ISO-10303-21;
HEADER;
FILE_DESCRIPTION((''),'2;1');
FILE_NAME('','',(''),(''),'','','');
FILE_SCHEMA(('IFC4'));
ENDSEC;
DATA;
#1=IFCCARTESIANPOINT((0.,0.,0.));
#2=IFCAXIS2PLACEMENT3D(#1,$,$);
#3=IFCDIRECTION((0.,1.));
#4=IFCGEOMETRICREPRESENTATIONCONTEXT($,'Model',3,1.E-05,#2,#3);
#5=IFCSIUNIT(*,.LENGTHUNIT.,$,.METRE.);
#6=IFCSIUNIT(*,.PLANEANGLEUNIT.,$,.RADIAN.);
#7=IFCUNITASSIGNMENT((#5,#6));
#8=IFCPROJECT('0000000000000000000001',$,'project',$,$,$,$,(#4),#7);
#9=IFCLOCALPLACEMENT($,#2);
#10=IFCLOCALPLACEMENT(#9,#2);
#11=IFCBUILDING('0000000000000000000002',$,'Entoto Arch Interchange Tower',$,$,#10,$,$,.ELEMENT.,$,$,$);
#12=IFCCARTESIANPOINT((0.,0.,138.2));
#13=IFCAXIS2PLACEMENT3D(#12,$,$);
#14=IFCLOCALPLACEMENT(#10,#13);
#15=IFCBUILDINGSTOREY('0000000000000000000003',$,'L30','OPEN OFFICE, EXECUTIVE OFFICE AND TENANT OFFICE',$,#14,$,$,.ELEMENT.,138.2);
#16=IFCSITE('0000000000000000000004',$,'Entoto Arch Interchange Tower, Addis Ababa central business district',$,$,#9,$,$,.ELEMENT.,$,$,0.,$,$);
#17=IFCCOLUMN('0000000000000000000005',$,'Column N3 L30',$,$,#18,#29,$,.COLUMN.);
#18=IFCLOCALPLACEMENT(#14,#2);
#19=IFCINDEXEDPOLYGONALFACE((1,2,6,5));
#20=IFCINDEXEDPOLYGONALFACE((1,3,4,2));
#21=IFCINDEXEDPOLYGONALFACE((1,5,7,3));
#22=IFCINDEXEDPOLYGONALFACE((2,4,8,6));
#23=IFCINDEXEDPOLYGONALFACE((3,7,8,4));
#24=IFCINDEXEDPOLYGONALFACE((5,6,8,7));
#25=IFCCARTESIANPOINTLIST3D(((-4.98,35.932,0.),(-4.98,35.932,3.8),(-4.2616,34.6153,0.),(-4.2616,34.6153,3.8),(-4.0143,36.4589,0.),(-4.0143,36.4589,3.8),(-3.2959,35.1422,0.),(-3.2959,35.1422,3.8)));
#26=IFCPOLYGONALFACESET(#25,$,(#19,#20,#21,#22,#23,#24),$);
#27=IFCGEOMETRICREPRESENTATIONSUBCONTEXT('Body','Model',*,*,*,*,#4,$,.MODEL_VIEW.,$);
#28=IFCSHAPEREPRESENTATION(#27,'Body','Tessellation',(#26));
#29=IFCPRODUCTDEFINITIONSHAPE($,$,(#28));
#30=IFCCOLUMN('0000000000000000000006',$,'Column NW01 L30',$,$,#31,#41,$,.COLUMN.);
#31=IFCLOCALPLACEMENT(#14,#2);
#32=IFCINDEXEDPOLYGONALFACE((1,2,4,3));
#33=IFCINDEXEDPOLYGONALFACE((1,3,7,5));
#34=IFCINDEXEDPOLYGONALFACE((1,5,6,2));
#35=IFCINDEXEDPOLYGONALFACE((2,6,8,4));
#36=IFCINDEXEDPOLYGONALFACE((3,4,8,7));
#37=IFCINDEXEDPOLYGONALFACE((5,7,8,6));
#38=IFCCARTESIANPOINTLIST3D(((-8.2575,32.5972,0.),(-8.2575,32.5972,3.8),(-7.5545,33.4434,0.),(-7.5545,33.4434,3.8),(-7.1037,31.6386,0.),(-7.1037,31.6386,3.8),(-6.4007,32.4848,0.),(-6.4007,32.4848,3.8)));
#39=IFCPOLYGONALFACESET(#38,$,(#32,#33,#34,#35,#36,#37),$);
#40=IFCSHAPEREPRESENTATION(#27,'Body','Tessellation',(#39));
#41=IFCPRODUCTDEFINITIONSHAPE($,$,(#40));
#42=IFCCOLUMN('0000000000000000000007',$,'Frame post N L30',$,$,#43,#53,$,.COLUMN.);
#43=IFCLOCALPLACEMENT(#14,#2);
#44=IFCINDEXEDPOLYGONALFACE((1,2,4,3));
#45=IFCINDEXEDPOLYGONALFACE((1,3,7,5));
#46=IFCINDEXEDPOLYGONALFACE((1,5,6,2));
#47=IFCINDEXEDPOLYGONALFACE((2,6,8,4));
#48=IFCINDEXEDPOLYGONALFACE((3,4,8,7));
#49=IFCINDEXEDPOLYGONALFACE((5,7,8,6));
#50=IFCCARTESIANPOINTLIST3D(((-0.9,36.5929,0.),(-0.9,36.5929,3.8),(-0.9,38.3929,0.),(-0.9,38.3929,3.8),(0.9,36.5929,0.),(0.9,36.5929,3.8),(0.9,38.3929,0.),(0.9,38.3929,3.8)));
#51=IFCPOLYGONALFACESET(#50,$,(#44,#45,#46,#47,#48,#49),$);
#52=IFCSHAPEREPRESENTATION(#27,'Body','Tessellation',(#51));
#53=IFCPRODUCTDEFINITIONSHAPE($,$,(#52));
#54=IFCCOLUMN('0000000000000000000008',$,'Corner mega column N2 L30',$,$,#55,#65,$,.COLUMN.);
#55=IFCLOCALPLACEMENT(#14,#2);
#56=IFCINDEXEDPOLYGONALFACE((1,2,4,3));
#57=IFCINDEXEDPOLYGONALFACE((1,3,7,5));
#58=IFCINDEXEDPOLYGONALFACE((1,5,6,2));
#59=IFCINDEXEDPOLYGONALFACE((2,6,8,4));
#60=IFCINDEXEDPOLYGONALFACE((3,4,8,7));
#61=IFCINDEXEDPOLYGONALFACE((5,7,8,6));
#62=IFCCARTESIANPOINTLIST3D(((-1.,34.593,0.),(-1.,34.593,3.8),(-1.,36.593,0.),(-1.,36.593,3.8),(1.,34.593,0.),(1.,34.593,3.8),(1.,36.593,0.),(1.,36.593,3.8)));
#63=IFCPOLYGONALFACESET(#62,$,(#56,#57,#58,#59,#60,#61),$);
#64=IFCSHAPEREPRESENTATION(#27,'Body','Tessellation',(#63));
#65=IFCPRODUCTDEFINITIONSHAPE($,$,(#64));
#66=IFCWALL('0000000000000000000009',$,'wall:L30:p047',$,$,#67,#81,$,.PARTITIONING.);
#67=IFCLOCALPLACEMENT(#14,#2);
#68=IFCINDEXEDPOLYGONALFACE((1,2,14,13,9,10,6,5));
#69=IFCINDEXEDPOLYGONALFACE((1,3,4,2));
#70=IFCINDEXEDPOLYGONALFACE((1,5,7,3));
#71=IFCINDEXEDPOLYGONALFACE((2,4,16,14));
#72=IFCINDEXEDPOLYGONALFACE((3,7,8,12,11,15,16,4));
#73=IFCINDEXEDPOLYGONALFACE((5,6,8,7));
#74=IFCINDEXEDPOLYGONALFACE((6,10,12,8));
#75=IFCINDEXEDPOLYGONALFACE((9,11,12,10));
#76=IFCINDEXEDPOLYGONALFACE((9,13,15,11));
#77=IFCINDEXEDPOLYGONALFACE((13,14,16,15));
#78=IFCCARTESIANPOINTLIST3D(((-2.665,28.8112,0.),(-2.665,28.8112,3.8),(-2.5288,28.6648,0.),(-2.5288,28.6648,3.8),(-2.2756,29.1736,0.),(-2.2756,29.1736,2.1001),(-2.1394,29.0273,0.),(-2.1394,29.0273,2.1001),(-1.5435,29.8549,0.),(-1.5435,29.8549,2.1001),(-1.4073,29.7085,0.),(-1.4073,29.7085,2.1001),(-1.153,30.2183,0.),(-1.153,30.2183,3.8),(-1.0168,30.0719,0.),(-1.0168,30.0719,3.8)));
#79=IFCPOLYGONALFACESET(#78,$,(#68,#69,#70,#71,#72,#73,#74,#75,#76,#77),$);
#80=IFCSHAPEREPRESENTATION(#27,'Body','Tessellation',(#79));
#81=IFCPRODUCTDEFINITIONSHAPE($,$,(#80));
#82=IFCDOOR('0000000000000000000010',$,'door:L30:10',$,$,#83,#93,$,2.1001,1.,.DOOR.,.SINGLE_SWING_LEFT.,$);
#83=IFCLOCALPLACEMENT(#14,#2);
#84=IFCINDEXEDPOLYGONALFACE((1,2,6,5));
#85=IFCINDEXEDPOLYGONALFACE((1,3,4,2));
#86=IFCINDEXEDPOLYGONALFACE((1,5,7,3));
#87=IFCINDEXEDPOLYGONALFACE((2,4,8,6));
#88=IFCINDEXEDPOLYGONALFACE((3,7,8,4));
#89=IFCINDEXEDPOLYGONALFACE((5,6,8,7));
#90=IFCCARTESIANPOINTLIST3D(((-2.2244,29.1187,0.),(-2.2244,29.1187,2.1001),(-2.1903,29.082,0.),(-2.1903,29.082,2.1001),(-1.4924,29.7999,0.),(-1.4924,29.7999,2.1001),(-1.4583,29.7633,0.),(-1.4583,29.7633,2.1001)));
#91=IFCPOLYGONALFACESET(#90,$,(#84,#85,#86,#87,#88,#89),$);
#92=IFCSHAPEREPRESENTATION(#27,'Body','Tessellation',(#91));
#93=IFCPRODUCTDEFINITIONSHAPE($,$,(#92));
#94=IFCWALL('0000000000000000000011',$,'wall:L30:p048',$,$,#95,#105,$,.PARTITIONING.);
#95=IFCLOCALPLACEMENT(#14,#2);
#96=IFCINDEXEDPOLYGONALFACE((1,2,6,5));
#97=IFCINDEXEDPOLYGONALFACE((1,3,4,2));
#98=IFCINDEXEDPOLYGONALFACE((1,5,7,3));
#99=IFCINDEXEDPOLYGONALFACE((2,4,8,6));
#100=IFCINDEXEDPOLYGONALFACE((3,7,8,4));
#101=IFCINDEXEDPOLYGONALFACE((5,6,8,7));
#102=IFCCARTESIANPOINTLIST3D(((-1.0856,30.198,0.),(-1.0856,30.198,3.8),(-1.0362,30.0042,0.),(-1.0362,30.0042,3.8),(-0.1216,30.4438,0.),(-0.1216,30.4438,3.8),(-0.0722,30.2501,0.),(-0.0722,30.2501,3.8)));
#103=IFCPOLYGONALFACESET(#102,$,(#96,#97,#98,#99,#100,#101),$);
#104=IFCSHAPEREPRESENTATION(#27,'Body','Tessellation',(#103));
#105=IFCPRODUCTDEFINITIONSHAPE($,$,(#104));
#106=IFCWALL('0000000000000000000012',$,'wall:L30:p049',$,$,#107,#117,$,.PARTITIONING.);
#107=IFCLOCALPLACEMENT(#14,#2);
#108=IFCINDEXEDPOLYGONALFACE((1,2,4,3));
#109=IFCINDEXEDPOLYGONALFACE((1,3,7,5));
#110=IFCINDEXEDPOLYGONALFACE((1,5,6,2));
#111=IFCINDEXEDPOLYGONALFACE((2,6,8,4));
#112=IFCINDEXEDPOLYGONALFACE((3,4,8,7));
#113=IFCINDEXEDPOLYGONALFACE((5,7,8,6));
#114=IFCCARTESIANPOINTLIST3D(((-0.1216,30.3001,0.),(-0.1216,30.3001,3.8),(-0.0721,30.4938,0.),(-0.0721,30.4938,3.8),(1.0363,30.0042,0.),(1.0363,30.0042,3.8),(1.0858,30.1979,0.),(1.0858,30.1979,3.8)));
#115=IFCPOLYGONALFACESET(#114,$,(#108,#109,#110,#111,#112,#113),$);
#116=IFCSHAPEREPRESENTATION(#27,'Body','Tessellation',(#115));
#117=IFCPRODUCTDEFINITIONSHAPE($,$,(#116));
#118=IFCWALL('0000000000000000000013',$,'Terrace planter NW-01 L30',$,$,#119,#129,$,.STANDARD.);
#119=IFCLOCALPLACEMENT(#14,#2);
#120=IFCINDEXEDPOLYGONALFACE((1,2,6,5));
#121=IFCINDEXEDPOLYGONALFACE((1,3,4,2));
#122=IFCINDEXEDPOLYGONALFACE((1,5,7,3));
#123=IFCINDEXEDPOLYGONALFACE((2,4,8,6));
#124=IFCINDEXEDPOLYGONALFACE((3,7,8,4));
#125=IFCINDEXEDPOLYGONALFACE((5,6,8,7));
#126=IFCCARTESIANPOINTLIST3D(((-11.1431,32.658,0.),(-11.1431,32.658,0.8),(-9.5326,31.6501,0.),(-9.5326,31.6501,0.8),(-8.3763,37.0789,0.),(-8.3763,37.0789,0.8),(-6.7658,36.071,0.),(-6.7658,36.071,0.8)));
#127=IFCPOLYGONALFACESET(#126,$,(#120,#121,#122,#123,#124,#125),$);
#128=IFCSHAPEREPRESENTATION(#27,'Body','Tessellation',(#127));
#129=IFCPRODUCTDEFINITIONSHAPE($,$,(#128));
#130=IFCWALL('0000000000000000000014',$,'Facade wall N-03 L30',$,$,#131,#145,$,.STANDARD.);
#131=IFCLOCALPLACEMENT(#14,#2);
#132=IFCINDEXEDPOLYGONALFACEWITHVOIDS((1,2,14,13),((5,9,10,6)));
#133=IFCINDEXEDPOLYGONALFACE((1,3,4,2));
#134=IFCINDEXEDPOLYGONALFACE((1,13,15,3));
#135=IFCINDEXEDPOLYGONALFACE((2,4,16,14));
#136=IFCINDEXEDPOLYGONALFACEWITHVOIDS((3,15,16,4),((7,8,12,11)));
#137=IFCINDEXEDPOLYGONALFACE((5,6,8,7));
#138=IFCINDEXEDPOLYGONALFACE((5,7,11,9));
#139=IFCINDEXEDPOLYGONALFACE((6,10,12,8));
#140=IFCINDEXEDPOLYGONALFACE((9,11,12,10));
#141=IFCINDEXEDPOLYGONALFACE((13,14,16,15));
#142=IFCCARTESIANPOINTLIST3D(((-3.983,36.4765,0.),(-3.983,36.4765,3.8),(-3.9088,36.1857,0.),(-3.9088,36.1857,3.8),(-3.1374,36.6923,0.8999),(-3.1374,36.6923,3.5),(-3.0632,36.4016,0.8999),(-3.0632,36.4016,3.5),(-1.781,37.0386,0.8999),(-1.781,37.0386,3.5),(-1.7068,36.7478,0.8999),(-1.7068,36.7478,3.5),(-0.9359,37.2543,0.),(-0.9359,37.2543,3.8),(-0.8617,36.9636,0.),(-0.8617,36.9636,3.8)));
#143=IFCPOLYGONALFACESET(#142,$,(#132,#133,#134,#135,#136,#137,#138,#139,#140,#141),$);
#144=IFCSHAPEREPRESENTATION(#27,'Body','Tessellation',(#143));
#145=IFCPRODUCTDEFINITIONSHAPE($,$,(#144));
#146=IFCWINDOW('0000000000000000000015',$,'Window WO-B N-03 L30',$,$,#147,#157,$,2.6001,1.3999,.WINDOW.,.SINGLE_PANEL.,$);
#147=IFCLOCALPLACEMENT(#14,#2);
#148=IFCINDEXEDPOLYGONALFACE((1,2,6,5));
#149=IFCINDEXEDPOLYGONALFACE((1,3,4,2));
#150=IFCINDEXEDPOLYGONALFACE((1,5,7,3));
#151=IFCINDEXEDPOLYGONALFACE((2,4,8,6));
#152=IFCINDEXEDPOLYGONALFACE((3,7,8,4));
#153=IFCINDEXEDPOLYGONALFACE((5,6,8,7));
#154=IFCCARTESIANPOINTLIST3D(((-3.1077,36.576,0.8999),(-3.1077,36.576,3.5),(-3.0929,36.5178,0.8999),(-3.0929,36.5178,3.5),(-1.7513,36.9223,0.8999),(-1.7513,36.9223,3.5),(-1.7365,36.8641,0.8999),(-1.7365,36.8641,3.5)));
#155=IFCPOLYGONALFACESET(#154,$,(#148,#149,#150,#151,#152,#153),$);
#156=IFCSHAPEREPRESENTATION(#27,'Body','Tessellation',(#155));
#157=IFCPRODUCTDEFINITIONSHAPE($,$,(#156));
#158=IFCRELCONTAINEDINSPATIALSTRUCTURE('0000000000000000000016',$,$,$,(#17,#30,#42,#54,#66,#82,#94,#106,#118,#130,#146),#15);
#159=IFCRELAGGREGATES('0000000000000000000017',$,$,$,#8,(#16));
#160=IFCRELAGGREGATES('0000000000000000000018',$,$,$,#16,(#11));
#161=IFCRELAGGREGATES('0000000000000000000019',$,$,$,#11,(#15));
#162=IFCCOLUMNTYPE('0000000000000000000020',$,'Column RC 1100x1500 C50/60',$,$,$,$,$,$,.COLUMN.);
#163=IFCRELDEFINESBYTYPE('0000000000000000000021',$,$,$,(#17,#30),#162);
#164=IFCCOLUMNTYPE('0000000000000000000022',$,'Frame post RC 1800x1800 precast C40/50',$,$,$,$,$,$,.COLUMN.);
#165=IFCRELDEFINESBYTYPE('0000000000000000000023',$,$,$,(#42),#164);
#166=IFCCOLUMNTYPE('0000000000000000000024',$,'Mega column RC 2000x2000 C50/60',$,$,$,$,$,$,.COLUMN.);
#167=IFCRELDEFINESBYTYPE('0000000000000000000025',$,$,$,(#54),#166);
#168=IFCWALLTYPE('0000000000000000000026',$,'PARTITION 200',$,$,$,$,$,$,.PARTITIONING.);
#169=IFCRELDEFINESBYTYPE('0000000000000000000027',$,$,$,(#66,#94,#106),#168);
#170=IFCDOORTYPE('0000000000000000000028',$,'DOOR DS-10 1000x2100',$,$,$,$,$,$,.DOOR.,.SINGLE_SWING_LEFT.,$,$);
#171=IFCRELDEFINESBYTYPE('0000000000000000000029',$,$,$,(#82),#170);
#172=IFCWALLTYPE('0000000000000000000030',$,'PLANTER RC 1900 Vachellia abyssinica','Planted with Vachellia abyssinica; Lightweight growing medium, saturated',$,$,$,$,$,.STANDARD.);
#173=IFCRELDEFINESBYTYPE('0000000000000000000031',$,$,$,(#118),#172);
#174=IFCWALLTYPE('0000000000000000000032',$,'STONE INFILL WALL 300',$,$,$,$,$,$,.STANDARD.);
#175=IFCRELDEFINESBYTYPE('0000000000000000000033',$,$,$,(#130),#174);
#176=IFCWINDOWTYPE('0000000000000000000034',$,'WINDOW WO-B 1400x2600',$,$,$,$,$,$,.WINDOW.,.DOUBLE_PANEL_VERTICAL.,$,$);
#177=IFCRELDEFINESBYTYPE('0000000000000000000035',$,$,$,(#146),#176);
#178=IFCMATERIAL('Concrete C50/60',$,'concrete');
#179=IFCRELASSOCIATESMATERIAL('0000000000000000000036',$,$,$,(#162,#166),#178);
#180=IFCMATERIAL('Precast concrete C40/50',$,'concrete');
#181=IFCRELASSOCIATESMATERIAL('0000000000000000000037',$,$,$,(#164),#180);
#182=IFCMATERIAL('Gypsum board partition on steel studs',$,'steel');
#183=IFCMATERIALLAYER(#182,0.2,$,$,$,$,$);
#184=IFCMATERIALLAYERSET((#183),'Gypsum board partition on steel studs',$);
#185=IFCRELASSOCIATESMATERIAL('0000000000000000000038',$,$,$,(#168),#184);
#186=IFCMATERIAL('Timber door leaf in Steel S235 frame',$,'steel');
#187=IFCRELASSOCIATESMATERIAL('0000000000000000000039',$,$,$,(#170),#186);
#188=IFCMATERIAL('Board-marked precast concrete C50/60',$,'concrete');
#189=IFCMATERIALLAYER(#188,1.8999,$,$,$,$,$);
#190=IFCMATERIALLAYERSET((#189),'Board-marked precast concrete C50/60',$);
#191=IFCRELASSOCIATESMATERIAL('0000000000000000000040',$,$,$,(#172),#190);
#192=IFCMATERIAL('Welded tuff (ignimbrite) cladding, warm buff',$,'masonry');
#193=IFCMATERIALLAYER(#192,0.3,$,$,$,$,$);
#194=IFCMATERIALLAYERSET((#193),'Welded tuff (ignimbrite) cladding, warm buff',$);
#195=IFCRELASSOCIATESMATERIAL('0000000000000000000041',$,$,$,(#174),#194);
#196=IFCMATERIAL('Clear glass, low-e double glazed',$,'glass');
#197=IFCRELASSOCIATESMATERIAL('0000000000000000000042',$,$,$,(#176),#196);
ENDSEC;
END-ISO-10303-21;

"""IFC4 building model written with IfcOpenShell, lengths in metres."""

from ifc_helpers import new_model, si_unit, direction, frame, frame_2d, origin, origin_2d, place, context, subcontext, project, spatial, rectangle, extrude, material, layer, layer_set, material_profile, profile_set, type_object, element, fill, save


model = new_model("IFC4")

# Units and contexts
model_context = context("Model", 3, precision=1e-05, world=origin(), true_north=direction((0.0, 1.0)))
body_context = subcontext(model_context, "Body", "Model", "MODEL_VIEW")
ifc_project = project(units=[si_unit("LENGTHUNIT", "METRE"), si_unit("PLANEANGLEUNIT", "RADIAN")], contexts=[model_context])

# Site, building, storey
site_placement = place(None, origin())
site = spatial("IfcSite", under=ifc_project, at=site_placement, Name="Entoto Arch Interchange Tower, Addis Ababa central business district", CompositionType="ELEMENT", RefElevation=0.0)
building_placement = place(site_placement, origin())
building = spatial("IfcBuilding", under=site, at=building_placement, Name="Entoto Arch Interchange Tower", CompositionType="ELEMENT")
storey_placement = place(building_placement, frame((0.0, 0.0, 138.2)))
storey = spatial("IfcBuildingStorey", under=building, at=storey_placement, Name="L30", Description="OPEN OFFICE, EXECUTIVE OFFICE AND TENANT OFFICE", CompositionType="ELEMENT", Elevation=138.2)

# Columns
ifc_material_1 = material(Name="Concrete C50/60", Category="concrete")
ifc_material_profile_1 = material_profile(ifc_material_1, rectangle(XDim=1.1001, YDim=1.5, at=origin_2d()))
ifc_profile_set_1 = profile_set([ifc_material_profile_1], Name="Concrete C50/60")
column_type_1 = type_object("IfcColumnType", Name="Column RC 1100x1500 C50/60", PredefinedType="COLUMN", material=ifc_profile_set_1)
for number, where, z_axis, x_axis, name in (
    (1, (-4.1379, 35.5371, 0.0), (0.0, 0.0, 1.0), (0.877833, 0.478968, 0.0), "Column N3 L30"),
    (2, (-7.3291, 32.541, 0.0), (0.0, 0.0, 1.0), (0.63905, 0.769165, 0.0), "Column NW01 L30"),
):
    element("IfcColumn", number, at=place(storey_placement, frame(where, z_axis=z_axis, x_axis=x_axis)), inside=storey, type_object=column_type_1, Name=name, PredefinedType="COLUMN", context=body_context, shape_type="SweptSolid", body=[
        extrude(rectangle(XDim=1.1001, YDim=1.5, at=origin_2d()), origin(), (0.0, 0.0, 1.0), 3.8),
    ])
ifc_material_2 = material(Name="Precast concrete C40/50", Category="concrete")
ifc_material_profile_2 = material_profile(ifc_material_2, rectangle(XDim=1.8, YDim=1.8, at=origin_2d()))
ifc_profile_set_2 = profile_set([ifc_material_profile_2], Name="Precast concrete C40/50")
column_type_2 = type_object("IfcColumnType", Name="Frame post RC 1800x1800 precast C40/50", PredefinedType="COLUMN", material=ifc_profile_set_2)
column_1_placement = place(storey_placement, frame((0.0, 37.4929, 0.0), z_axis=(0.0, 0.0, 1.0), x_axis=(0.0, 1.0, 0.0)))
element("IfcColumn", 3, at=column_1_placement, inside=storey, type_object=column_type_2, Name="Frame post N L30", PredefinedType="COLUMN", context=body_context, shape_type="SweptSolid", body=[
    extrude(rectangle(XDim=1.8, YDim=1.8, at=origin_2d()), origin(), (0.0, 0.0, 1.0), 3.8),
])
ifc_material_profile_3 = material_profile(ifc_material_1, rectangle(XDim=2.0, YDim=2.0, at=origin_2d()))
ifc_profile_set_3 = profile_set([ifc_material_profile_3], Name="Concrete C50/60")
column_type_3 = type_object("IfcColumnType", Name="Mega column RC 2000x2000 C50/60", PredefinedType="COLUMN", material=ifc_profile_set_3)
column_2_placement = place(storey_placement, frame((0.0, 35.593, 0.0), z_axis=(0.0, 0.0, 1.0), x_axis=(0.0, 1.0, 0.0)))
element("IfcColumn", 4, at=column_2_placement, inside=storey, type_object=column_type_3, Name="Corner mega column N2 L30", PredefinedType="COLUMN", context=body_context, shape_type="SweptSolid", body=[
    extrude(rectangle(XDim=2.0, YDim=2.0, at=origin_2d()), origin(), (0.0, 0.0, 1.0), 3.8),
])

# Wall, opening, door
ifc_material_3 = material(Name="Gypsum board partition on steel studs", Category="steel")
ifc_layer_1 = layer(ifc_material_3, 0.2)
ifc_layer_set_1 = layer_set([ifc_layer_1], Name="Gypsum board partition on steel studs")
wall_type_1 = type_object("IfcWallType", Name="PARTITION 200", PredefinedType="PARTITIONING", material=ifc_layer_set_1)
wall_1_placement = place(storey_placement, frame((-2.5969, 28.738, 0.0), z_axis=(0.0, 0.0, 1.0), x_axis=(0.732065, 0.681235, 0.0)))
wall_1 = element("IfcWall", 5, at=wall_1_placement, inside=storey, type_object=wall_type_1, Name="wall:L30:p047", PredefinedType="PARTITIONING", context=body_context, shape_type="SweptSolid", body=[
    extrude(rectangle(XDim=2.0654, YDim=0.2, at=frame_2d((1.0327, 0.0))), origin(), (0.0, 0.0, 1.0), 3.8),
])
opening_1_placement = place(wall_1_placement, frame((0.532, 0.0, 0.0)))
opening_1 = element("IfcOpeningElement", 6, at=opening_1_placement, cuts=wall_1, PredefinedType="OPENING", context=body_context, shape_type="SweptSolid", body=[
    extrude(rectangle(XDim=1.0, YDim=2.1001, at=frame_2d((0.5, 1.05))), frame((0.0, 0.1099, 0.0), z_axis=(0.0, -1.0, 0.0), x_axis=(1.0, 0.0, 0.0)), (0.0, 0.0, 1.0), 0.22),
])
ifc_material_4 = material(Name="Timber door leaf in Steel S235 frame", Category="steel")
door_type = type_object("IfcDoorType", Name="DOOR DS-10 1000x2100", OperationType="SINGLE_SWING_LEFT", PredefinedType="DOOR", material=ifc_material_4)
door_placement = place(opening_1_placement, origin())
door = element("IfcDoor", 7, at=door_placement, inside=storey, type_object=door_type, Name="door:L30:10", OperationType="SINGLE_SWING_LEFT", OverallHeight=2.1001, OverallWidth=1.0, PredefinedType="DOOR", context=body_context, shape_type="SweptSolid", body=[
    extrude(rectangle(XDim=1.0, YDim=2.1001, at=frame_2d((0.5, 1.05))), frame((0.0, 0.0249, 0.0), z_axis=(0.0, -1.0, 0.0), x_axis=(1.0, 0.0, 0.0)), (0.0, 0.0, 1.0), 0.05),
])
fill(opening_1, door)

# Walls
wall_2_placement = place(storey_placement, frame((-1.061, 30.1011, 0.0), z_axis=(0.0, 0.0, 1.0), x_axis=(0.968991, 0.247094, 0.0)))
element("IfcWall", 8, at=wall_2_placement, inside=storey, type_object=wall_type_1, Name="wall:L30:p048", PredefinedType="PARTITIONING", context=body_context, shape_type="SweptSolid", body=[
    extrude(rectangle(XDim=0.9949, YDim=0.2, at=frame_2d((0.4976, 0.0))), origin(), (0.0, 0.0, 1.0), 3.8),
])
wall_3_placement = place(storey_placement, frame((-0.0969, 30.397, 0.0), z_axis=(0.0, 0.0, 1.0), x_axis=(0.968868, -0.247579, 0.0)))
element("IfcWall", 9, at=wall_3_placement, inside=storey, type_object=wall_type_1, Name="wall:L30:p049", PredefinedType="PARTITIONING", context=body_context, shape_type="SweptSolid", body=[
    extrude(rectangle(XDim=1.1951, YDim=0.2, at=frame_2d((0.5977, 0.0))), origin(), (0.0, 0.0, 1.0), 3.8),
])
ifc_material_5 = material(Name="Board-marked precast concrete C50/60", Category="concrete")
ifc_layer_2 = layer(ifc_material_5, 1.8999)
ifc_layer_set_2 = layer_set([ifc_layer_2], Name="Board-marked precast concrete C50/60")
wall_type_2 = type_object("IfcWallType", Name="PLANTER RC 1900 Vachellia abyssinica", Description="Planted with Vachellia abyssinica; Lightweight growing medium, saturated", PredefinedType="STANDARD", material=ifc_layer_set_2)
wall_4_placement = place(storey_placement, frame((-7.571, 36.575, 0.0), z_axis=(0.0, 0.0, 1.0), x_axis=(-0.530521, -0.847672, 0.0)))
element("IfcWall", 10, at=wall_4_placement, inside=storey, type_object=wall_type_2, Name="Terrace planter NW-01 L30", PredefinedType="STANDARD", context=body_context, shape_type="SweptSolid", body=[
    extrude(rectangle(XDim=5.2153, YDim=1.8999, at=frame_2d((2.6077, 0.0))), origin(), (0.0, 0.0, 1.0), 0.8),
])

# Wall, opening, window
ifc_material_6 = material(Name="Welded tuff (ignimbrite) cladding, warm buff", Category="masonry")
ifc_layer_3 = layer(ifc_material_6, 0.3)
ifc_layer_set_3 = layer_set([ifc_layer_3], Name="Welded tuff (ignimbrite) cladding, warm buff")
wall_type_3 = type_object("IfcWallType", Name="STONE INFILL WALL 300", PredefinedType="STANDARD", material=ifc_layer_set_3)
wall_5_placement = place(storey_placement, frame((-0.8989, 37.1089, 0.0), z_axis=(0.0, 0.0, 1.0), x_axis=(-0.96893, -0.247337, 0.0)))
wall_5 = element("IfcWall", 11, at=wall_5_placement, inside=storey, type_object=wall_type_3, Name="Facade wall N-03 L30", PredefinedType="STANDARD", context=body_context, shape_type="SweptSolid", body=[
    extrude(rectangle(XDim=3.1448, YDim=0.3, at=frame_2d((1.5723, 0.0))), origin(), (0.0, 0.0, 1.0), 3.8),
])
opening_2_placement = place(wall_5_placement, frame((0.8721, 0.0, 0.8999)))
opening_2 = element("IfcOpeningElement", 12, at=opening_2_placement, cuts=wall_5, PredefinedType="OPENING", context=body_context, shape_type="SweptSolid", body=[
    extrude(rectangle(XDim=1.3999, YDim=2.6001, at=frame_2d((0.7, 1.3))), frame((0.0, 0.1602, 0.0), z_axis=(0.0, -1.0, 0.0), x_axis=(1.0, 0.0, 0.0)), (0.0, 0.0, 1.0), 0.3201),
])
ifc_material_7 = material(Name="Clear glass, low-e double glazed", Category="glass")
window_type_1 = type_object("IfcWindowType", Name="WINDOW WO-B 1400x2600", PartitioningType="DOUBLE_PANEL_VERTICAL", PredefinedType="WINDOW", material=ifc_material_7)
window_1_placement = place(opening_2_placement, origin())
window_1 = element("IfcWindow", 13, at=window_1_placement, inside=storey, type_object=window_type_1, Name="Window WO-B N-03 L30", OverallHeight=2.6001, OverallWidth=1.3999, PartitioningType="SINGLE_PANEL", PredefinedType="WINDOW", context=body_context, shape_type="SweptSolid", body=[
    extrude(rectangle(XDim=1.3999, YDim=2.6001, at=frame_2d((0.7, 1.3))), frame((0.0, 0.03, 0.0), z_axis=(0.0, -1.0, 0.0), x_axis=(1.0, 0.0, 0.0)), (0.0, 0.0, 1.0), 0.0601),
])
fill(opening_2, window_1)

save(model, "model.ifc")
